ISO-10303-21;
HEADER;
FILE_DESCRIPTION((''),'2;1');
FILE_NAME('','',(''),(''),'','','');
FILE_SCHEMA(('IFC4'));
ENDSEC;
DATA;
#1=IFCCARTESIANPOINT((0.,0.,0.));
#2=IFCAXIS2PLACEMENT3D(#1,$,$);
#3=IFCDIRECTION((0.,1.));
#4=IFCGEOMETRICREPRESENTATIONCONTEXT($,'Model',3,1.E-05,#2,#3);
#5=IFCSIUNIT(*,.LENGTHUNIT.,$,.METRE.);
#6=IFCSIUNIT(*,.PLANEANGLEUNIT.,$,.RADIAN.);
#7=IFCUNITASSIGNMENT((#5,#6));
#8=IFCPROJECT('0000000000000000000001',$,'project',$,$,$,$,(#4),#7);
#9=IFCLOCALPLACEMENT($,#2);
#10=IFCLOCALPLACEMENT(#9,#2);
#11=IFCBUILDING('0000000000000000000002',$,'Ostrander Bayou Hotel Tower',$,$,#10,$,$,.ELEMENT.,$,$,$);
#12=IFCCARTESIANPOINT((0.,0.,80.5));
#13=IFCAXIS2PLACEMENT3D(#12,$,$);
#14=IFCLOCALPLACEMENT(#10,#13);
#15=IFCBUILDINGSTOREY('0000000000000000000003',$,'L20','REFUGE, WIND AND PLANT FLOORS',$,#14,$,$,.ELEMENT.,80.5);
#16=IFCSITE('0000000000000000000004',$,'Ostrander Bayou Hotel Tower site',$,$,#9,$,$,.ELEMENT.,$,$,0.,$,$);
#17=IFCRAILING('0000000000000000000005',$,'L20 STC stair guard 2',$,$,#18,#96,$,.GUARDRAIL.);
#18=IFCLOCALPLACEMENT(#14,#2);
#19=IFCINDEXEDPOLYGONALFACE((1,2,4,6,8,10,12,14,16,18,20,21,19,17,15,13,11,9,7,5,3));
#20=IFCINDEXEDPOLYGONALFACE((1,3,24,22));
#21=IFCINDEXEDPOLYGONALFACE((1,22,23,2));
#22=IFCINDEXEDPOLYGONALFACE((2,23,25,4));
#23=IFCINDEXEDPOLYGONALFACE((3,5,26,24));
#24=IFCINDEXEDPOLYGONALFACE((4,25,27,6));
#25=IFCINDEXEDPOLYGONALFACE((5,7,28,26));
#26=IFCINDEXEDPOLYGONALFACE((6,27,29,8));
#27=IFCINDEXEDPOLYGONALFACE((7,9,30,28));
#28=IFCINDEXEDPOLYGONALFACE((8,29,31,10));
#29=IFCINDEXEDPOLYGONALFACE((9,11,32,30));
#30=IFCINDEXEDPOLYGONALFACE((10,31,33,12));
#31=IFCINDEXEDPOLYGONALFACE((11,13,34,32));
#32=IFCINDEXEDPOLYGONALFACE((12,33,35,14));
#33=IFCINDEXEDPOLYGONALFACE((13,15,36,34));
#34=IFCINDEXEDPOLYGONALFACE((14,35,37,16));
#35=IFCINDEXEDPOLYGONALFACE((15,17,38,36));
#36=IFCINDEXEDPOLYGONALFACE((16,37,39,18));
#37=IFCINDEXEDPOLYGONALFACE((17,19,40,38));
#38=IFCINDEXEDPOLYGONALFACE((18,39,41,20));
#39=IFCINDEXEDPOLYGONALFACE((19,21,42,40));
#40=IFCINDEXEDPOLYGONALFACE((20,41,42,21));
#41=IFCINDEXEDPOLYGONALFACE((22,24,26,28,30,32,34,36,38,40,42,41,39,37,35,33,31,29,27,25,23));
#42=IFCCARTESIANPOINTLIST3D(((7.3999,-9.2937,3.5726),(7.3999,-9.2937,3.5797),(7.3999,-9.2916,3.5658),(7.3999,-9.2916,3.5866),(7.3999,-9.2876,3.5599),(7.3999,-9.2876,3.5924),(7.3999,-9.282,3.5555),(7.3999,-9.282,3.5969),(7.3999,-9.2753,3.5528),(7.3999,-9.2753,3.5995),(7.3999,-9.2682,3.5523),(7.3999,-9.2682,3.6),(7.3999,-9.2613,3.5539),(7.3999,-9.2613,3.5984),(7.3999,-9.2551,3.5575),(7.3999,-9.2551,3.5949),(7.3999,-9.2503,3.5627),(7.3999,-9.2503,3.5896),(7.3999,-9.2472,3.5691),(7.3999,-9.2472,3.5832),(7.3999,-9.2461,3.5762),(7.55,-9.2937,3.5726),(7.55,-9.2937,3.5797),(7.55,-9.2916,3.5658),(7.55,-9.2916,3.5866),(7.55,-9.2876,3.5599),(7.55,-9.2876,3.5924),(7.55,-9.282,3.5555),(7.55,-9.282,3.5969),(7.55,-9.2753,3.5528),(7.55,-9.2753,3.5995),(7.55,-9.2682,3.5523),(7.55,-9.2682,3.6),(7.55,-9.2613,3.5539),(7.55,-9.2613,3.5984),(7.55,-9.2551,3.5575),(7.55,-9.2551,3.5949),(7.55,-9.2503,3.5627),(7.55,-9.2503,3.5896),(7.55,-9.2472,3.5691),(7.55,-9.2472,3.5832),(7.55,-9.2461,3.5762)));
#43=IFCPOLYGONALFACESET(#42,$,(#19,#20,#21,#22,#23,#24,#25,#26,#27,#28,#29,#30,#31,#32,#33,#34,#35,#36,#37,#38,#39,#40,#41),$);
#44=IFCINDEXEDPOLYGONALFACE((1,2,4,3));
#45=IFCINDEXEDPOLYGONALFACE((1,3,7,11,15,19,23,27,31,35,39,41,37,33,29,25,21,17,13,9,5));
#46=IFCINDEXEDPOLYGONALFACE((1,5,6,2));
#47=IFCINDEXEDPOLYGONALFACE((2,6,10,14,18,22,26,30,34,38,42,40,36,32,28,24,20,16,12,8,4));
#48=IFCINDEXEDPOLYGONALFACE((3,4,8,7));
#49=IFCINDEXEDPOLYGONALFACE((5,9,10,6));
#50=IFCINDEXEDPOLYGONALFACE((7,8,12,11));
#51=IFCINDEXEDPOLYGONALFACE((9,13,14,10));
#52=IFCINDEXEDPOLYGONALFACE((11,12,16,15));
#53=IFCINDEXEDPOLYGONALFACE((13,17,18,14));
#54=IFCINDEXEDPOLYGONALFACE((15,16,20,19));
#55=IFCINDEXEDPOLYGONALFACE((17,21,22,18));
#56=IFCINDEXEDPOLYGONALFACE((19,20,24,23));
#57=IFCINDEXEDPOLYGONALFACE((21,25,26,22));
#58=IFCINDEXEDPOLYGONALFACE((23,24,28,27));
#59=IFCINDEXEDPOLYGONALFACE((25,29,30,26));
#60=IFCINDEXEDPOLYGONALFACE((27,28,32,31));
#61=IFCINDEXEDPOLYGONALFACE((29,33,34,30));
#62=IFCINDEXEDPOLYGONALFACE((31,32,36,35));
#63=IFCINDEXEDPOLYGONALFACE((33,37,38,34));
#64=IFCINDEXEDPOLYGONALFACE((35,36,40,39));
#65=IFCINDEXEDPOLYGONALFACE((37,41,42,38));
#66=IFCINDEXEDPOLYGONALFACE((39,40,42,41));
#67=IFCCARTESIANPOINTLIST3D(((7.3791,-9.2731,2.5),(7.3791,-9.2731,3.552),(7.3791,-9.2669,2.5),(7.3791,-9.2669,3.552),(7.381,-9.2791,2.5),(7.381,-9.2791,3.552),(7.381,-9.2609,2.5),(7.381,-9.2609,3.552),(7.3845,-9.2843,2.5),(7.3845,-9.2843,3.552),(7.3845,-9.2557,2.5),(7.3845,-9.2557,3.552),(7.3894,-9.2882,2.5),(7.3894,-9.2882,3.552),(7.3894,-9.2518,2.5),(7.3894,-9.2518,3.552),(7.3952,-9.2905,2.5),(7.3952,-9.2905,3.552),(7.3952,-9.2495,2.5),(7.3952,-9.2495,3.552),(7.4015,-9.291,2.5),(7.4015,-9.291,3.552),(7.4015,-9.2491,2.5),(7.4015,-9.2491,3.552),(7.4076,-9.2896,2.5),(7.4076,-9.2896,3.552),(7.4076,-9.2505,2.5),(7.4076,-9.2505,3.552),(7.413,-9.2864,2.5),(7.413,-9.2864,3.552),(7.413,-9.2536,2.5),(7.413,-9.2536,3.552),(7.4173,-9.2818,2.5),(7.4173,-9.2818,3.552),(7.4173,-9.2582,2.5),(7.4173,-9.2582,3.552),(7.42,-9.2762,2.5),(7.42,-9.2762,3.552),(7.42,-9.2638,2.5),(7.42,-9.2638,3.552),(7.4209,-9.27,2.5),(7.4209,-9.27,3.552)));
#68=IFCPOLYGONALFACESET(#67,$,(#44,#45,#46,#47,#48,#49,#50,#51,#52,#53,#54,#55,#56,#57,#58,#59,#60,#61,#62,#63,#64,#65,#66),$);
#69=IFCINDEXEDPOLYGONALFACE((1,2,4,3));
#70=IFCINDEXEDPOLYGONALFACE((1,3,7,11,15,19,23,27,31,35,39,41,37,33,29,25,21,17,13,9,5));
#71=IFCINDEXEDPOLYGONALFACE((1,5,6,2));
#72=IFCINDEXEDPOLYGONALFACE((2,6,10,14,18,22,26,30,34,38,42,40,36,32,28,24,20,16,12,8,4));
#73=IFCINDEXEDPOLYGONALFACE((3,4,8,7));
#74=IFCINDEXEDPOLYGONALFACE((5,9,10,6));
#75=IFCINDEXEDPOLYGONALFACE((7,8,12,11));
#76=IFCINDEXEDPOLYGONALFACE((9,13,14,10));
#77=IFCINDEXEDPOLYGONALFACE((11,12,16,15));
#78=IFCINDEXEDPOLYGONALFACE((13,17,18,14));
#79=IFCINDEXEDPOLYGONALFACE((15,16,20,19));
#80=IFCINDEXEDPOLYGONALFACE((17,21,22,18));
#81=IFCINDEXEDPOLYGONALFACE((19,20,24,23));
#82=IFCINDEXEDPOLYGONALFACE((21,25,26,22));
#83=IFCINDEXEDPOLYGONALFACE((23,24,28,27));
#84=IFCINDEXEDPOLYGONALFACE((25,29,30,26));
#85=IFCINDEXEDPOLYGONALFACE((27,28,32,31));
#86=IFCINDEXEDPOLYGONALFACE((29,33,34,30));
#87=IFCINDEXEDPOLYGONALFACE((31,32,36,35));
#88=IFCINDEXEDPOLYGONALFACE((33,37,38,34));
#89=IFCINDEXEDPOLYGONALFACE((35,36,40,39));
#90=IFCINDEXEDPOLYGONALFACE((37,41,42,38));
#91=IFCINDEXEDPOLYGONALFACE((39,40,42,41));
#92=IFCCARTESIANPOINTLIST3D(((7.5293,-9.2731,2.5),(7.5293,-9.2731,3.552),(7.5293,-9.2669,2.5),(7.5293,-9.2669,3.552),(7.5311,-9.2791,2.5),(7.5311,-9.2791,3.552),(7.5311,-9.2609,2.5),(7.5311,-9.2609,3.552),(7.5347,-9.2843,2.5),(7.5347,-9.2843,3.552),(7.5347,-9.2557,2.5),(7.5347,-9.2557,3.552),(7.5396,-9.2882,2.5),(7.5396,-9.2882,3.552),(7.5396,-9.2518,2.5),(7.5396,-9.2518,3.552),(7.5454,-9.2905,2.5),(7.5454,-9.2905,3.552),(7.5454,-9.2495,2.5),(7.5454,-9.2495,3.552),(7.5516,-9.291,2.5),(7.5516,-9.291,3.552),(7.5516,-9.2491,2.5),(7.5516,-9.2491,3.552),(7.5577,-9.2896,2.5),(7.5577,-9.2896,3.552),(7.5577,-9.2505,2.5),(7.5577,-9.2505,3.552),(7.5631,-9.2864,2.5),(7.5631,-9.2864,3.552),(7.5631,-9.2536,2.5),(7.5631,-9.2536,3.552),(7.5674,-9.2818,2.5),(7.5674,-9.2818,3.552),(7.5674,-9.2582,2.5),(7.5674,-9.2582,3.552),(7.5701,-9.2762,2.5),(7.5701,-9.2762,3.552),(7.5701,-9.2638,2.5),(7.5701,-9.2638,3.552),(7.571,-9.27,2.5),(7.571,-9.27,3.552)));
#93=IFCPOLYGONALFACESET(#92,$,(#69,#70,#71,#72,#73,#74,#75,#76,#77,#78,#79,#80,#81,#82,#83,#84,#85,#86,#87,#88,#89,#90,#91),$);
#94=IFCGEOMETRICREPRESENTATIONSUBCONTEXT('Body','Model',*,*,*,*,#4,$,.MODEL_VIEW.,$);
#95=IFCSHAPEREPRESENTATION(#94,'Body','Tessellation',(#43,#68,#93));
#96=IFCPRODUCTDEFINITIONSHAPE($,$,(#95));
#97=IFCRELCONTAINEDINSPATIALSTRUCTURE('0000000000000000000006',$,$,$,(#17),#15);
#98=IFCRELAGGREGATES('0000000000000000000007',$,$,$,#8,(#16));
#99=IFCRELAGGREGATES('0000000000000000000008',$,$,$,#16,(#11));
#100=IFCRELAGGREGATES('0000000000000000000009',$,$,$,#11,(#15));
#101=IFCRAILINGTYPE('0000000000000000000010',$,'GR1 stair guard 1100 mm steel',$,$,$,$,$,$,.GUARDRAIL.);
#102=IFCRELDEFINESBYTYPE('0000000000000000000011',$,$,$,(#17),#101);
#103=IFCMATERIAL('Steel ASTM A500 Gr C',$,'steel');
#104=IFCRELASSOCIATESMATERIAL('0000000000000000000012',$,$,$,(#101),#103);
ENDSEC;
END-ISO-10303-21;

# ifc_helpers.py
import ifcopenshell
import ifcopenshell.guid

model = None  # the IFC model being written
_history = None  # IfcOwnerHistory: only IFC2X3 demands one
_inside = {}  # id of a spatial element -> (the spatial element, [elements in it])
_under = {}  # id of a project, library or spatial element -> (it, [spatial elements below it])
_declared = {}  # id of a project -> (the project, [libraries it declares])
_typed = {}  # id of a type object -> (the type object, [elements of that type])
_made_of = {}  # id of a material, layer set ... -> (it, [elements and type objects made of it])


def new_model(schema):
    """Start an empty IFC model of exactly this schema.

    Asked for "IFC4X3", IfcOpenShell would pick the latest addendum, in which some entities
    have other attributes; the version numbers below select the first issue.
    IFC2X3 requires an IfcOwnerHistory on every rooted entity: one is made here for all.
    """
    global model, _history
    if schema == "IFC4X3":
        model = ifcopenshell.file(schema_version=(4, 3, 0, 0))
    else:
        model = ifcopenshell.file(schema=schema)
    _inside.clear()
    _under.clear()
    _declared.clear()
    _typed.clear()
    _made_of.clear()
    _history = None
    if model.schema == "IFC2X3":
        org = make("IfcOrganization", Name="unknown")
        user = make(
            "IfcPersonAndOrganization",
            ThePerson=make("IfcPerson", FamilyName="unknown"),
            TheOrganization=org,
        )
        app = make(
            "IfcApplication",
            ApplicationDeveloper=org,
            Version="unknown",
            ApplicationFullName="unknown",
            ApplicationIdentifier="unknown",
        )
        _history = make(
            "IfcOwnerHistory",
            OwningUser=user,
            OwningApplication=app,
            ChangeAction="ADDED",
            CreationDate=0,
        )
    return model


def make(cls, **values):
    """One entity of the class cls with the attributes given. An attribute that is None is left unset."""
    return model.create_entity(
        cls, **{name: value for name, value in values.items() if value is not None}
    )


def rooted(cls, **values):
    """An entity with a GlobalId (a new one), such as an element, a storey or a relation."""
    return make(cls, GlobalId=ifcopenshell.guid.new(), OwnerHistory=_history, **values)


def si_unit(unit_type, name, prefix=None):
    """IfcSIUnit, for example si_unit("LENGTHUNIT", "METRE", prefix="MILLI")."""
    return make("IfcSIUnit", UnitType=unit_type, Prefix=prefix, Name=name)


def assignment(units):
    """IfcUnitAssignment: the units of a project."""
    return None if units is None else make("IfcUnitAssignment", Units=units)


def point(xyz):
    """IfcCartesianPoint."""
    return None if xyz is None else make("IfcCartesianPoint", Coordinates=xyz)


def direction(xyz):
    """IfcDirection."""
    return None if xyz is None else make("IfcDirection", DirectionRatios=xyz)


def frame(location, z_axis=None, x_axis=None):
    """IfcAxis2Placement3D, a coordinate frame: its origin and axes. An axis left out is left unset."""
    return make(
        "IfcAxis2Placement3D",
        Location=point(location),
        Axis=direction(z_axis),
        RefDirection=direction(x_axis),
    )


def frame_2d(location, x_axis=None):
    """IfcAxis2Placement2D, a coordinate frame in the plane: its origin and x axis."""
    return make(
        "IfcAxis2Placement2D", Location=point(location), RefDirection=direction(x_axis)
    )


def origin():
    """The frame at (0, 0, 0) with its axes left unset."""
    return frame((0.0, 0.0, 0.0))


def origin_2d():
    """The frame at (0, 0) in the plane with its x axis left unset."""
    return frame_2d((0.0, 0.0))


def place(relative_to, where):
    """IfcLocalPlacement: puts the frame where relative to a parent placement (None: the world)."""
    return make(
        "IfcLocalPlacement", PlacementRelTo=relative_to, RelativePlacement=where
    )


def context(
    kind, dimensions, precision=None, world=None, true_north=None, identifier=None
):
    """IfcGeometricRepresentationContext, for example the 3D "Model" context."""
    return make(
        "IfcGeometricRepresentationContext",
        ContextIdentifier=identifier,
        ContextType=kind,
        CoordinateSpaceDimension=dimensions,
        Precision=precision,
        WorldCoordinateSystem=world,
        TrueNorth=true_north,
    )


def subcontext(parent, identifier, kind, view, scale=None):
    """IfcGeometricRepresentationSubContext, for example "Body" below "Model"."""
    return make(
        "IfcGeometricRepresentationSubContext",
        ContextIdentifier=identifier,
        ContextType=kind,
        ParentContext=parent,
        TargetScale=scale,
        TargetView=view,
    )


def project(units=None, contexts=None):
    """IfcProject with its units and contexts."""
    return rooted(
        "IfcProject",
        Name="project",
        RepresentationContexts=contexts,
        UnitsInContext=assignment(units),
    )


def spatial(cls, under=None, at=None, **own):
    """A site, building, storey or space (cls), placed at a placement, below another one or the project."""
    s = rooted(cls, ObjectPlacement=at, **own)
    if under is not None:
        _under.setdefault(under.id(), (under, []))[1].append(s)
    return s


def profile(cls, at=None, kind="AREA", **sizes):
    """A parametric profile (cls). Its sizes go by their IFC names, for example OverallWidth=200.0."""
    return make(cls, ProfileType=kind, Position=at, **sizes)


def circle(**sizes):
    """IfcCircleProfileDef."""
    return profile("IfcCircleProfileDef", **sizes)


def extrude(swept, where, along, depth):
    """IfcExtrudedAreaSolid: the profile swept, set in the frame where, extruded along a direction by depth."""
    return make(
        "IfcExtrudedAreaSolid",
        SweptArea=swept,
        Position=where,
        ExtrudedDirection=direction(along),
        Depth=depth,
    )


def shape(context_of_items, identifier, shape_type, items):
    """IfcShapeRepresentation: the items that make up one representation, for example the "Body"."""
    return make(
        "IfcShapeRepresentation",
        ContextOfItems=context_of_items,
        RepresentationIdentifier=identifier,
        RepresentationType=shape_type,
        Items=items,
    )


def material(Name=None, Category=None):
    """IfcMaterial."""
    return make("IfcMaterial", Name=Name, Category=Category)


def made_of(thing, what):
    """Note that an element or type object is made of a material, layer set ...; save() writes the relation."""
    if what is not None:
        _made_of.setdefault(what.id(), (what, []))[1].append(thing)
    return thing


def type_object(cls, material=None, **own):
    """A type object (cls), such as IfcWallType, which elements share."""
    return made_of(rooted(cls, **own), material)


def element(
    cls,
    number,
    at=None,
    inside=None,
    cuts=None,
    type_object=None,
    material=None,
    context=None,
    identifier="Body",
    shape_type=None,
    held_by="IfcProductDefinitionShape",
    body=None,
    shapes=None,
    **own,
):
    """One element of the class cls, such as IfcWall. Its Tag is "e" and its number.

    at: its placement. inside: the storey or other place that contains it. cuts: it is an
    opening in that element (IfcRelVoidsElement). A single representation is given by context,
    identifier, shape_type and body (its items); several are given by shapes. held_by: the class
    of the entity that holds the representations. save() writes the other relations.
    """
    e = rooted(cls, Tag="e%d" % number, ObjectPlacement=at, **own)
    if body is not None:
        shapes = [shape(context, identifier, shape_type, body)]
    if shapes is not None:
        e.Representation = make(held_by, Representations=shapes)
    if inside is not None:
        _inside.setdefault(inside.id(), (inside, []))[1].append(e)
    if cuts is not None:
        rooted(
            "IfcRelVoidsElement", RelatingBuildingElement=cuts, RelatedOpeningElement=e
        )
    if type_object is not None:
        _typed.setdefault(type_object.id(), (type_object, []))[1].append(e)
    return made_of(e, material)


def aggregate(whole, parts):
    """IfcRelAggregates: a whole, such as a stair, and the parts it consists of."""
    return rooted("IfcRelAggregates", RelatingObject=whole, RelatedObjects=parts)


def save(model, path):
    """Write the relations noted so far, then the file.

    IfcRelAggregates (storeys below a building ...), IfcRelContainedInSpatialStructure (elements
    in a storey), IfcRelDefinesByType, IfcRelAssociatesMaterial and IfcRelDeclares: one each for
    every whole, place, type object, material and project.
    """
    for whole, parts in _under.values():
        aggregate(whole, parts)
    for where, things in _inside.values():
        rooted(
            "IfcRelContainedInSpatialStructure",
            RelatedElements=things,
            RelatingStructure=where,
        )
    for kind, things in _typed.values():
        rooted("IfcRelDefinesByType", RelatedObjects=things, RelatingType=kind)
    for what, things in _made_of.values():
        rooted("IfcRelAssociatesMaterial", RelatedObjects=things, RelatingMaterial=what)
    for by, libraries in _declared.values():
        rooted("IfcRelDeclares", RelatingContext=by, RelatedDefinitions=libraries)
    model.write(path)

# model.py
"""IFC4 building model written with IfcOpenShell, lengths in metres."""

from ifc_helpers import new_model, si_unit, direction, frame, origin, origin_2d, place, context, subcontext, project, spatial, circle, extrude, material, type_object, element, save


model = new_model("IFC4")

# Units and contexts
model_context = context("Model", 3, precision=1e-05, world=origin(), true_north=direction((0.0, 1.0)))
body_context = subcontext(model_context, "Body", "Model", "MODEL_VIEW")
ifc_project = project(units=[si_unit("LENGTHUNIT", "METRE"), si_unit("PLANEANGLEUNIT", "RADIAN")], contexts=[model_context])

# Site, building, storey
site_placement = place(None, origin())
site = spatial("IfcSite", under=ifc_project, at=site_placement, Name="Ostrander Bayou Hotel Tower site", CompositionType="ELEMENT", RefElevation=0.0)
building_placement = place(site_placement, origin())
building = spatial("IfcBuilding", under=site, at=building_placement, Name="Ostrander Bayou Hotel Tower", CompositionType="ELEMENT")
storey_placement = place(building_placement, frame((0.0, 0.0, 80.5)))
storey = spatial("IfcBuildingStorey", under=building, at=storey_placement, Name="L20", Description="REFUGE, WIND AND PLANT FLOORS", CompositionType="ELEMENT", Elevation=80.5)

# Railing
ifc_material_1 = material(Name="Steel ASTM A500 Gr C", Category="steel")
railing_type_1 = type_object("IfcRailingType", Name="GR1 stair guard 1100 mm steel", PredefinedType="GUARDRAIL", material=ifc_material_1)
railing_1_placement = place(storey_placement, frame((7.3999, -9.27, 2.5)))
element("IfcRailing", 1, at=railing_1_placement, inside=storey, type_object=railing_type_1, Name="L20 STC stair guard 2", PredefinedType="GUARDRAIL", context=body_context, shape_type="SweptSolid", body=[
    extrude(circle(Radius=0.0239, at=origin_2d()), frame((0.0, 0.0, 1.0762), z_axis=(1.0, 0.0, 0.0), x_axis=(0.0, 1.0, 0.0)), (0.0, 0.0, 1.0), 0.1501),
    extrude(circle(Radius=0.021, at=origin_2d()), origin(), (0.0, 0.0, 1.0), 1.052),
    extrude(circle(Radius=0.021, at=origin_2d()), frame((0.1501, 0.0, 0.0)), (0.0, 0.0, 1.0), 1.052),
])

save(model, "model.ifc")
